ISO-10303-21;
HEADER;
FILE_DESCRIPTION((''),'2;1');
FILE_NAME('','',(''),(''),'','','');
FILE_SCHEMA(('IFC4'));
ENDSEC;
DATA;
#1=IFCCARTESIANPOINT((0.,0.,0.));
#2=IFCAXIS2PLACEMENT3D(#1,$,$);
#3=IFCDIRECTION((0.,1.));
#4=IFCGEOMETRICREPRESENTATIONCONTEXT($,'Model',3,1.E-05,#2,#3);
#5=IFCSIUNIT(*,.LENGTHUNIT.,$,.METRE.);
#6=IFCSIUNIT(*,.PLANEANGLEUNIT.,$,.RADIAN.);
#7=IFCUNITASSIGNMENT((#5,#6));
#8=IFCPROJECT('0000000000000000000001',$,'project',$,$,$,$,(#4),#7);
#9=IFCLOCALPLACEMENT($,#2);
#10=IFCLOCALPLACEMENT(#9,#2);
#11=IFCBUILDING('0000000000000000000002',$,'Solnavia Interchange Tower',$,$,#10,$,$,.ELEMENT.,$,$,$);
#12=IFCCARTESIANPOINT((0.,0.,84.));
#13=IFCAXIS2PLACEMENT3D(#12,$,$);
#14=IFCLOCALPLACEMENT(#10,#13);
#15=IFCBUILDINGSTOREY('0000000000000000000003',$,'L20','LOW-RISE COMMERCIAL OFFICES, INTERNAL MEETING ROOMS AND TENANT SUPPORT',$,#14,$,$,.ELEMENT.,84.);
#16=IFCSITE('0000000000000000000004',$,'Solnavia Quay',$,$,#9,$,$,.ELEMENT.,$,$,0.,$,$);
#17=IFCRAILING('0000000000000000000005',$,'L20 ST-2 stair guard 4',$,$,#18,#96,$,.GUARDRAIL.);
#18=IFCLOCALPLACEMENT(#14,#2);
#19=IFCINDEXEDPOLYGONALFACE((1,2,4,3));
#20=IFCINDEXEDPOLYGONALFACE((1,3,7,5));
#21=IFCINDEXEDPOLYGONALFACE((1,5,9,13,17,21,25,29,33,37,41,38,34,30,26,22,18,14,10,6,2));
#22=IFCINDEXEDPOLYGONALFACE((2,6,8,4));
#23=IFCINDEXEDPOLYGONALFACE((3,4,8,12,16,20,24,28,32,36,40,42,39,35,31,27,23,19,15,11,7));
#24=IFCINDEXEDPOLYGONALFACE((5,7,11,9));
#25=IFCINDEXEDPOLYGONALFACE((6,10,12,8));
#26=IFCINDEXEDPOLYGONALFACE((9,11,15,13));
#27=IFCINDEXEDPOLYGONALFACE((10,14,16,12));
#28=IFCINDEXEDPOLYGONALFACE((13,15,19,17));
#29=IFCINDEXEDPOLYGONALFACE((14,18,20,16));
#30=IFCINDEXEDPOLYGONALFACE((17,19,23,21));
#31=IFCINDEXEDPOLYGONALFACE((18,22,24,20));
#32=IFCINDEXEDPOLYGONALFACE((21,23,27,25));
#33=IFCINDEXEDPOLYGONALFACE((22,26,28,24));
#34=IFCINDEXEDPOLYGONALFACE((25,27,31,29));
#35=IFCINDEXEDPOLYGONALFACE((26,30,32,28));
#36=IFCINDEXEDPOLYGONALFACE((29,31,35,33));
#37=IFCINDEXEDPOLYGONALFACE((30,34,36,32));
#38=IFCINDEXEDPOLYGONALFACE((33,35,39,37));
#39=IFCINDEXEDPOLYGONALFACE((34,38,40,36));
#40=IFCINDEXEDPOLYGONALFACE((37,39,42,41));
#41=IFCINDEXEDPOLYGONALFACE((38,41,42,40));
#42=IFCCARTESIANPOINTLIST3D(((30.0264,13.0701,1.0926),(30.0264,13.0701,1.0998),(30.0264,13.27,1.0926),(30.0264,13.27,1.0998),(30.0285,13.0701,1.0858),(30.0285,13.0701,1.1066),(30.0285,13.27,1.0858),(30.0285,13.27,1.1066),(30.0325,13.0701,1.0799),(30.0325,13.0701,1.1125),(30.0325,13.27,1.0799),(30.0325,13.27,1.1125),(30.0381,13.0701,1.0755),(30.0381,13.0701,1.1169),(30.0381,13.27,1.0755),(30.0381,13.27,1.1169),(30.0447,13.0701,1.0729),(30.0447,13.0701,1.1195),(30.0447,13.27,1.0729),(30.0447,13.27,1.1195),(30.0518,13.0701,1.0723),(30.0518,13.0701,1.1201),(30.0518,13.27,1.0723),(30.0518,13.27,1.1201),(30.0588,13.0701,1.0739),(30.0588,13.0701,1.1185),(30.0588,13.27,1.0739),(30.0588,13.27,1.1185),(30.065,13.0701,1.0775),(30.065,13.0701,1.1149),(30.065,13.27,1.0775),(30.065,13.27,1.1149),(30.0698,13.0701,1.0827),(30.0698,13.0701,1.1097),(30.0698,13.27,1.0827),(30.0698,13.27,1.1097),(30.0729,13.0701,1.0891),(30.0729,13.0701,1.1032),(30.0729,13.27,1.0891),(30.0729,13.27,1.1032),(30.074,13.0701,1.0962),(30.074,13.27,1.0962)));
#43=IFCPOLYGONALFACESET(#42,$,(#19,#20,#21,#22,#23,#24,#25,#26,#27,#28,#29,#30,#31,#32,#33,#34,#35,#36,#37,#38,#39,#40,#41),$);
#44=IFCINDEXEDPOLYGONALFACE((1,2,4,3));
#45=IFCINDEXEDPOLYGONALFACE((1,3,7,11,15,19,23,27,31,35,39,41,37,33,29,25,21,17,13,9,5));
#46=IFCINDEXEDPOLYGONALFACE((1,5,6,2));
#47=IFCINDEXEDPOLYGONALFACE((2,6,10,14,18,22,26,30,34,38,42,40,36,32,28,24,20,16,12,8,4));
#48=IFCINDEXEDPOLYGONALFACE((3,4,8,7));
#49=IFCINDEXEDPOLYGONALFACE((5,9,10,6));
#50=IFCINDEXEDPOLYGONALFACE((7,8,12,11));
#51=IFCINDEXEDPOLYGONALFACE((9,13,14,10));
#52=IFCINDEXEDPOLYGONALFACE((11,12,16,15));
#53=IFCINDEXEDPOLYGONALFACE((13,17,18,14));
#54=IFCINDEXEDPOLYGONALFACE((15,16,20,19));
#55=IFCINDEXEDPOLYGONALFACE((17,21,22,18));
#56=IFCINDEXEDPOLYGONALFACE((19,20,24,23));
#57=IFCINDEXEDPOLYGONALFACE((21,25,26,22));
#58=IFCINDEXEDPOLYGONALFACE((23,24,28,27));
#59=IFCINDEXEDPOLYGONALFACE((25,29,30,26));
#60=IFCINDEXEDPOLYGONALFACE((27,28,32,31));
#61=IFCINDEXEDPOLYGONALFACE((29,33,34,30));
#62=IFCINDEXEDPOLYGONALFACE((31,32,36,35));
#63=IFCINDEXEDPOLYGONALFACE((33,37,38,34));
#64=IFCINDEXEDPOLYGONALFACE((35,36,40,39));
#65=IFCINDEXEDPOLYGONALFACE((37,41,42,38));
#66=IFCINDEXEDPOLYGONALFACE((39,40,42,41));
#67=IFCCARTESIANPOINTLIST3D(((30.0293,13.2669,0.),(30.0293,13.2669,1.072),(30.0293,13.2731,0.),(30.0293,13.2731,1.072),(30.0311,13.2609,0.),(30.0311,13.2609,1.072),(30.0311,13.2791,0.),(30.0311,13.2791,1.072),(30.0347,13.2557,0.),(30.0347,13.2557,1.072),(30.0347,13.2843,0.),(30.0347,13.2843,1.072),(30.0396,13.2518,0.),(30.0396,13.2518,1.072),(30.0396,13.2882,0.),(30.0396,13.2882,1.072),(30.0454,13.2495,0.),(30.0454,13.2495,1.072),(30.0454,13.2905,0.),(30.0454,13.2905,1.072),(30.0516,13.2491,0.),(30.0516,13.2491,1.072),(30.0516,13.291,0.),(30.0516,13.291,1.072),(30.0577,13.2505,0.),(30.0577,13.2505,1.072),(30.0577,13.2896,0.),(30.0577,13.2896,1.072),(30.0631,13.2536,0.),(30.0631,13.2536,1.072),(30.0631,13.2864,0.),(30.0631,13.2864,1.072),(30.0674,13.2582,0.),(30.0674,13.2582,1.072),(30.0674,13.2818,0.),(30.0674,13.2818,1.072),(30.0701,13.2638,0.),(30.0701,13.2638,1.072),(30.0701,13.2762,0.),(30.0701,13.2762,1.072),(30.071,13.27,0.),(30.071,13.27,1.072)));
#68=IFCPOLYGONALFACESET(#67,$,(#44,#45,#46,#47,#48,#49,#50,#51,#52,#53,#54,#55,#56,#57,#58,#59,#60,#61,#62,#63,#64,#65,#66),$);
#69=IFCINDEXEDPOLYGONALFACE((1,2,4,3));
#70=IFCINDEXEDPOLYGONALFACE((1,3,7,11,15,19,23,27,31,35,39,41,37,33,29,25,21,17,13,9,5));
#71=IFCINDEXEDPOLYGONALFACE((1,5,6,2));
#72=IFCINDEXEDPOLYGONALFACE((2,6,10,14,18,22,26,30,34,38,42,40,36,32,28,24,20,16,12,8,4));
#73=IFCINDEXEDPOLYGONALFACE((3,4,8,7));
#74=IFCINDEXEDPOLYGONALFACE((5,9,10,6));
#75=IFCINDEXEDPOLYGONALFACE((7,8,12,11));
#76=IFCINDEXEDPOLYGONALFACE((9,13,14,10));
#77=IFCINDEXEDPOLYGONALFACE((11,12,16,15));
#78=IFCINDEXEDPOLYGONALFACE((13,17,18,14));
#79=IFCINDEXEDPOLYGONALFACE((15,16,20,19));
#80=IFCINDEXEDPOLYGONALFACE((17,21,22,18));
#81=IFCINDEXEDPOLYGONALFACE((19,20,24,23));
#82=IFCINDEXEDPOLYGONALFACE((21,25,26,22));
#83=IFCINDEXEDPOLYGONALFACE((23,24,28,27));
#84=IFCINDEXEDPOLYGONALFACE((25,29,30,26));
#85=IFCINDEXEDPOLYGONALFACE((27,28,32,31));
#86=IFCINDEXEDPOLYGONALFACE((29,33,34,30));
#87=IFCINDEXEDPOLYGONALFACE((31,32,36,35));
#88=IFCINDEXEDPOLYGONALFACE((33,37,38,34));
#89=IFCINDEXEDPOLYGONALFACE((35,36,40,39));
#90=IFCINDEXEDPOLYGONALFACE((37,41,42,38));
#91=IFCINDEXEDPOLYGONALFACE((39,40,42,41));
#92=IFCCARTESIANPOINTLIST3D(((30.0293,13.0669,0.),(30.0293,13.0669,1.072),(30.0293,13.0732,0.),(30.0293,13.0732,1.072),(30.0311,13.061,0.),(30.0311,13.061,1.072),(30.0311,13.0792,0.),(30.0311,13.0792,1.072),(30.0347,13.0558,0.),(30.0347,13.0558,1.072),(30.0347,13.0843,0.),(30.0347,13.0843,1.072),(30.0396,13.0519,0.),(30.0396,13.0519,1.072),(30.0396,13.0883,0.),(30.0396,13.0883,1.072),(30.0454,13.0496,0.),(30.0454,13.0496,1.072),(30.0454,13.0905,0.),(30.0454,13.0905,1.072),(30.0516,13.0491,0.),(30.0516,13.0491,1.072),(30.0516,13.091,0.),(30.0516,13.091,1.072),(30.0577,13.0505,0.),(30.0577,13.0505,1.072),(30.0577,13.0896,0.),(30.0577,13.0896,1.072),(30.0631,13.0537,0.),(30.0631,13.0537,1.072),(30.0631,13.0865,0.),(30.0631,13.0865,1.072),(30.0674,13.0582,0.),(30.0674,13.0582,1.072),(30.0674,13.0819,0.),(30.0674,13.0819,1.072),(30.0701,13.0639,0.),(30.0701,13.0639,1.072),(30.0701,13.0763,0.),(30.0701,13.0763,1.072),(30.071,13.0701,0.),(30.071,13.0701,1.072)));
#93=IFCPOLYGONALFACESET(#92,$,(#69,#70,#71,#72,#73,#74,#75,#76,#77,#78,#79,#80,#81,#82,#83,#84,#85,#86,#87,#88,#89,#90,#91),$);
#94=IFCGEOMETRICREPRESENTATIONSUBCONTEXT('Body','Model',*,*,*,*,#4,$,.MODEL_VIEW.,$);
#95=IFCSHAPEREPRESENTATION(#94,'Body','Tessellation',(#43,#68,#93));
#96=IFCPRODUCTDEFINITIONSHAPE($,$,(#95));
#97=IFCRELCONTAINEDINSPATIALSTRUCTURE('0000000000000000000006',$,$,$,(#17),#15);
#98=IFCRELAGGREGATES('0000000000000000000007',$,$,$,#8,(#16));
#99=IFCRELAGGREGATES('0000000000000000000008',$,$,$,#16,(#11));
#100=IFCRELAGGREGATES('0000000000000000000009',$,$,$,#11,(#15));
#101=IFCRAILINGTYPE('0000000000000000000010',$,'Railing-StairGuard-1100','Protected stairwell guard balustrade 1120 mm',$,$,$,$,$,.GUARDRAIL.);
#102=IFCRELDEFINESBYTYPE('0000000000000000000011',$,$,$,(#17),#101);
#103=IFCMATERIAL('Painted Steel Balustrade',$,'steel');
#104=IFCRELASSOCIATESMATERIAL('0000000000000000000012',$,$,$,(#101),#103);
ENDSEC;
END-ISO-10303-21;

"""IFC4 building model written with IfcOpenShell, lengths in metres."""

from ifc_helpers import new_model, si_unit, direction, frame, origin, origin_2d, place, context, subcontext, project, spatial, circle, extrude, material, type_object, element, save


model = new_model("IFC4")

# Units and contexts
model_context = context("Model", 3, precision=1e-05, world=origin(), true_north=direction((0.0, 1.0)))
body_context = subcontext(model_context, "Body", "Model", "MODEL_VIEW")
ifc_project = project(units=[si_unit("LENGTHUNIT", "METRE"), si_unit("PLANEANGLEUNIT", "RADIAN")], contexts=[model_context])

# Site, building, storey
site_placement = place(None, origin())
site = spatial("IfcSite", under=ifc_project, at=site_placement, Name="Solnavia Quay", CompositionType="ELEMENT", RefElevation=0.0)
building_placement = place(site_placement, origin())
building = spatial("IfcBuilding", under=site, at=building_placement, Name="Solnavia Interchange Tower", CompositionType="ELEMENT")
storey_placement = place(building_placement, frame((0.0, 0.0, 84.0)))
storey = spatial("IfcBuildingStorey", under=building, at=storey_placement, Name="L20", Description="LOW-RISE COMMERCIAL OFFICES, INTERNAL MEETING ROOMS AND TENANT SUPPORT", CompositionType="ELEMENT", Elevation=84.0)

# Railing
ifc_material_1 = material(Name="Painted Steel Balustrade", Category="steel")
railing_type_1 = type_object("IfcRailingType", Name="Railing-StairGuard-1100", Description="Protected stairwell guard balustrade 1120 mm", PredefinedType="GUARDRAIL", material=ifc_material_1)
railing_1_placement = place(storey_placement, frame((30.05, 13.27, 0.0)))
element("IfcRailing", 1, at=railing_1_placement, inside=storey, type_object=railing_type_1, Name="L20 ST-2 stair guard 4", PredefinedType="GUARDRAIL", context=body_context, shape_type="SweptSolid", body=[
    extrude(circle(Radius=0.0239, at=origin_2d()), frame((0.0, 0.0, 1.0962), z_axis=(0.0, -1.0, 0.0), x_axis=(1.0, 0.0, 0.0)), (0.0, 0.0, 1.0), 0.2),
    extrude(circle(Radius=0.021, at=origin_2d()), origin(), (0.0, 0.0, 1.0), 1.072),
    extrude(circle(Radius=0.021, at=origin_2d()), frame((0.0, -0.2, 0.0)), (0.0, 0.0, 1.0), 1.072),
])

save(model, "model.ifc")
